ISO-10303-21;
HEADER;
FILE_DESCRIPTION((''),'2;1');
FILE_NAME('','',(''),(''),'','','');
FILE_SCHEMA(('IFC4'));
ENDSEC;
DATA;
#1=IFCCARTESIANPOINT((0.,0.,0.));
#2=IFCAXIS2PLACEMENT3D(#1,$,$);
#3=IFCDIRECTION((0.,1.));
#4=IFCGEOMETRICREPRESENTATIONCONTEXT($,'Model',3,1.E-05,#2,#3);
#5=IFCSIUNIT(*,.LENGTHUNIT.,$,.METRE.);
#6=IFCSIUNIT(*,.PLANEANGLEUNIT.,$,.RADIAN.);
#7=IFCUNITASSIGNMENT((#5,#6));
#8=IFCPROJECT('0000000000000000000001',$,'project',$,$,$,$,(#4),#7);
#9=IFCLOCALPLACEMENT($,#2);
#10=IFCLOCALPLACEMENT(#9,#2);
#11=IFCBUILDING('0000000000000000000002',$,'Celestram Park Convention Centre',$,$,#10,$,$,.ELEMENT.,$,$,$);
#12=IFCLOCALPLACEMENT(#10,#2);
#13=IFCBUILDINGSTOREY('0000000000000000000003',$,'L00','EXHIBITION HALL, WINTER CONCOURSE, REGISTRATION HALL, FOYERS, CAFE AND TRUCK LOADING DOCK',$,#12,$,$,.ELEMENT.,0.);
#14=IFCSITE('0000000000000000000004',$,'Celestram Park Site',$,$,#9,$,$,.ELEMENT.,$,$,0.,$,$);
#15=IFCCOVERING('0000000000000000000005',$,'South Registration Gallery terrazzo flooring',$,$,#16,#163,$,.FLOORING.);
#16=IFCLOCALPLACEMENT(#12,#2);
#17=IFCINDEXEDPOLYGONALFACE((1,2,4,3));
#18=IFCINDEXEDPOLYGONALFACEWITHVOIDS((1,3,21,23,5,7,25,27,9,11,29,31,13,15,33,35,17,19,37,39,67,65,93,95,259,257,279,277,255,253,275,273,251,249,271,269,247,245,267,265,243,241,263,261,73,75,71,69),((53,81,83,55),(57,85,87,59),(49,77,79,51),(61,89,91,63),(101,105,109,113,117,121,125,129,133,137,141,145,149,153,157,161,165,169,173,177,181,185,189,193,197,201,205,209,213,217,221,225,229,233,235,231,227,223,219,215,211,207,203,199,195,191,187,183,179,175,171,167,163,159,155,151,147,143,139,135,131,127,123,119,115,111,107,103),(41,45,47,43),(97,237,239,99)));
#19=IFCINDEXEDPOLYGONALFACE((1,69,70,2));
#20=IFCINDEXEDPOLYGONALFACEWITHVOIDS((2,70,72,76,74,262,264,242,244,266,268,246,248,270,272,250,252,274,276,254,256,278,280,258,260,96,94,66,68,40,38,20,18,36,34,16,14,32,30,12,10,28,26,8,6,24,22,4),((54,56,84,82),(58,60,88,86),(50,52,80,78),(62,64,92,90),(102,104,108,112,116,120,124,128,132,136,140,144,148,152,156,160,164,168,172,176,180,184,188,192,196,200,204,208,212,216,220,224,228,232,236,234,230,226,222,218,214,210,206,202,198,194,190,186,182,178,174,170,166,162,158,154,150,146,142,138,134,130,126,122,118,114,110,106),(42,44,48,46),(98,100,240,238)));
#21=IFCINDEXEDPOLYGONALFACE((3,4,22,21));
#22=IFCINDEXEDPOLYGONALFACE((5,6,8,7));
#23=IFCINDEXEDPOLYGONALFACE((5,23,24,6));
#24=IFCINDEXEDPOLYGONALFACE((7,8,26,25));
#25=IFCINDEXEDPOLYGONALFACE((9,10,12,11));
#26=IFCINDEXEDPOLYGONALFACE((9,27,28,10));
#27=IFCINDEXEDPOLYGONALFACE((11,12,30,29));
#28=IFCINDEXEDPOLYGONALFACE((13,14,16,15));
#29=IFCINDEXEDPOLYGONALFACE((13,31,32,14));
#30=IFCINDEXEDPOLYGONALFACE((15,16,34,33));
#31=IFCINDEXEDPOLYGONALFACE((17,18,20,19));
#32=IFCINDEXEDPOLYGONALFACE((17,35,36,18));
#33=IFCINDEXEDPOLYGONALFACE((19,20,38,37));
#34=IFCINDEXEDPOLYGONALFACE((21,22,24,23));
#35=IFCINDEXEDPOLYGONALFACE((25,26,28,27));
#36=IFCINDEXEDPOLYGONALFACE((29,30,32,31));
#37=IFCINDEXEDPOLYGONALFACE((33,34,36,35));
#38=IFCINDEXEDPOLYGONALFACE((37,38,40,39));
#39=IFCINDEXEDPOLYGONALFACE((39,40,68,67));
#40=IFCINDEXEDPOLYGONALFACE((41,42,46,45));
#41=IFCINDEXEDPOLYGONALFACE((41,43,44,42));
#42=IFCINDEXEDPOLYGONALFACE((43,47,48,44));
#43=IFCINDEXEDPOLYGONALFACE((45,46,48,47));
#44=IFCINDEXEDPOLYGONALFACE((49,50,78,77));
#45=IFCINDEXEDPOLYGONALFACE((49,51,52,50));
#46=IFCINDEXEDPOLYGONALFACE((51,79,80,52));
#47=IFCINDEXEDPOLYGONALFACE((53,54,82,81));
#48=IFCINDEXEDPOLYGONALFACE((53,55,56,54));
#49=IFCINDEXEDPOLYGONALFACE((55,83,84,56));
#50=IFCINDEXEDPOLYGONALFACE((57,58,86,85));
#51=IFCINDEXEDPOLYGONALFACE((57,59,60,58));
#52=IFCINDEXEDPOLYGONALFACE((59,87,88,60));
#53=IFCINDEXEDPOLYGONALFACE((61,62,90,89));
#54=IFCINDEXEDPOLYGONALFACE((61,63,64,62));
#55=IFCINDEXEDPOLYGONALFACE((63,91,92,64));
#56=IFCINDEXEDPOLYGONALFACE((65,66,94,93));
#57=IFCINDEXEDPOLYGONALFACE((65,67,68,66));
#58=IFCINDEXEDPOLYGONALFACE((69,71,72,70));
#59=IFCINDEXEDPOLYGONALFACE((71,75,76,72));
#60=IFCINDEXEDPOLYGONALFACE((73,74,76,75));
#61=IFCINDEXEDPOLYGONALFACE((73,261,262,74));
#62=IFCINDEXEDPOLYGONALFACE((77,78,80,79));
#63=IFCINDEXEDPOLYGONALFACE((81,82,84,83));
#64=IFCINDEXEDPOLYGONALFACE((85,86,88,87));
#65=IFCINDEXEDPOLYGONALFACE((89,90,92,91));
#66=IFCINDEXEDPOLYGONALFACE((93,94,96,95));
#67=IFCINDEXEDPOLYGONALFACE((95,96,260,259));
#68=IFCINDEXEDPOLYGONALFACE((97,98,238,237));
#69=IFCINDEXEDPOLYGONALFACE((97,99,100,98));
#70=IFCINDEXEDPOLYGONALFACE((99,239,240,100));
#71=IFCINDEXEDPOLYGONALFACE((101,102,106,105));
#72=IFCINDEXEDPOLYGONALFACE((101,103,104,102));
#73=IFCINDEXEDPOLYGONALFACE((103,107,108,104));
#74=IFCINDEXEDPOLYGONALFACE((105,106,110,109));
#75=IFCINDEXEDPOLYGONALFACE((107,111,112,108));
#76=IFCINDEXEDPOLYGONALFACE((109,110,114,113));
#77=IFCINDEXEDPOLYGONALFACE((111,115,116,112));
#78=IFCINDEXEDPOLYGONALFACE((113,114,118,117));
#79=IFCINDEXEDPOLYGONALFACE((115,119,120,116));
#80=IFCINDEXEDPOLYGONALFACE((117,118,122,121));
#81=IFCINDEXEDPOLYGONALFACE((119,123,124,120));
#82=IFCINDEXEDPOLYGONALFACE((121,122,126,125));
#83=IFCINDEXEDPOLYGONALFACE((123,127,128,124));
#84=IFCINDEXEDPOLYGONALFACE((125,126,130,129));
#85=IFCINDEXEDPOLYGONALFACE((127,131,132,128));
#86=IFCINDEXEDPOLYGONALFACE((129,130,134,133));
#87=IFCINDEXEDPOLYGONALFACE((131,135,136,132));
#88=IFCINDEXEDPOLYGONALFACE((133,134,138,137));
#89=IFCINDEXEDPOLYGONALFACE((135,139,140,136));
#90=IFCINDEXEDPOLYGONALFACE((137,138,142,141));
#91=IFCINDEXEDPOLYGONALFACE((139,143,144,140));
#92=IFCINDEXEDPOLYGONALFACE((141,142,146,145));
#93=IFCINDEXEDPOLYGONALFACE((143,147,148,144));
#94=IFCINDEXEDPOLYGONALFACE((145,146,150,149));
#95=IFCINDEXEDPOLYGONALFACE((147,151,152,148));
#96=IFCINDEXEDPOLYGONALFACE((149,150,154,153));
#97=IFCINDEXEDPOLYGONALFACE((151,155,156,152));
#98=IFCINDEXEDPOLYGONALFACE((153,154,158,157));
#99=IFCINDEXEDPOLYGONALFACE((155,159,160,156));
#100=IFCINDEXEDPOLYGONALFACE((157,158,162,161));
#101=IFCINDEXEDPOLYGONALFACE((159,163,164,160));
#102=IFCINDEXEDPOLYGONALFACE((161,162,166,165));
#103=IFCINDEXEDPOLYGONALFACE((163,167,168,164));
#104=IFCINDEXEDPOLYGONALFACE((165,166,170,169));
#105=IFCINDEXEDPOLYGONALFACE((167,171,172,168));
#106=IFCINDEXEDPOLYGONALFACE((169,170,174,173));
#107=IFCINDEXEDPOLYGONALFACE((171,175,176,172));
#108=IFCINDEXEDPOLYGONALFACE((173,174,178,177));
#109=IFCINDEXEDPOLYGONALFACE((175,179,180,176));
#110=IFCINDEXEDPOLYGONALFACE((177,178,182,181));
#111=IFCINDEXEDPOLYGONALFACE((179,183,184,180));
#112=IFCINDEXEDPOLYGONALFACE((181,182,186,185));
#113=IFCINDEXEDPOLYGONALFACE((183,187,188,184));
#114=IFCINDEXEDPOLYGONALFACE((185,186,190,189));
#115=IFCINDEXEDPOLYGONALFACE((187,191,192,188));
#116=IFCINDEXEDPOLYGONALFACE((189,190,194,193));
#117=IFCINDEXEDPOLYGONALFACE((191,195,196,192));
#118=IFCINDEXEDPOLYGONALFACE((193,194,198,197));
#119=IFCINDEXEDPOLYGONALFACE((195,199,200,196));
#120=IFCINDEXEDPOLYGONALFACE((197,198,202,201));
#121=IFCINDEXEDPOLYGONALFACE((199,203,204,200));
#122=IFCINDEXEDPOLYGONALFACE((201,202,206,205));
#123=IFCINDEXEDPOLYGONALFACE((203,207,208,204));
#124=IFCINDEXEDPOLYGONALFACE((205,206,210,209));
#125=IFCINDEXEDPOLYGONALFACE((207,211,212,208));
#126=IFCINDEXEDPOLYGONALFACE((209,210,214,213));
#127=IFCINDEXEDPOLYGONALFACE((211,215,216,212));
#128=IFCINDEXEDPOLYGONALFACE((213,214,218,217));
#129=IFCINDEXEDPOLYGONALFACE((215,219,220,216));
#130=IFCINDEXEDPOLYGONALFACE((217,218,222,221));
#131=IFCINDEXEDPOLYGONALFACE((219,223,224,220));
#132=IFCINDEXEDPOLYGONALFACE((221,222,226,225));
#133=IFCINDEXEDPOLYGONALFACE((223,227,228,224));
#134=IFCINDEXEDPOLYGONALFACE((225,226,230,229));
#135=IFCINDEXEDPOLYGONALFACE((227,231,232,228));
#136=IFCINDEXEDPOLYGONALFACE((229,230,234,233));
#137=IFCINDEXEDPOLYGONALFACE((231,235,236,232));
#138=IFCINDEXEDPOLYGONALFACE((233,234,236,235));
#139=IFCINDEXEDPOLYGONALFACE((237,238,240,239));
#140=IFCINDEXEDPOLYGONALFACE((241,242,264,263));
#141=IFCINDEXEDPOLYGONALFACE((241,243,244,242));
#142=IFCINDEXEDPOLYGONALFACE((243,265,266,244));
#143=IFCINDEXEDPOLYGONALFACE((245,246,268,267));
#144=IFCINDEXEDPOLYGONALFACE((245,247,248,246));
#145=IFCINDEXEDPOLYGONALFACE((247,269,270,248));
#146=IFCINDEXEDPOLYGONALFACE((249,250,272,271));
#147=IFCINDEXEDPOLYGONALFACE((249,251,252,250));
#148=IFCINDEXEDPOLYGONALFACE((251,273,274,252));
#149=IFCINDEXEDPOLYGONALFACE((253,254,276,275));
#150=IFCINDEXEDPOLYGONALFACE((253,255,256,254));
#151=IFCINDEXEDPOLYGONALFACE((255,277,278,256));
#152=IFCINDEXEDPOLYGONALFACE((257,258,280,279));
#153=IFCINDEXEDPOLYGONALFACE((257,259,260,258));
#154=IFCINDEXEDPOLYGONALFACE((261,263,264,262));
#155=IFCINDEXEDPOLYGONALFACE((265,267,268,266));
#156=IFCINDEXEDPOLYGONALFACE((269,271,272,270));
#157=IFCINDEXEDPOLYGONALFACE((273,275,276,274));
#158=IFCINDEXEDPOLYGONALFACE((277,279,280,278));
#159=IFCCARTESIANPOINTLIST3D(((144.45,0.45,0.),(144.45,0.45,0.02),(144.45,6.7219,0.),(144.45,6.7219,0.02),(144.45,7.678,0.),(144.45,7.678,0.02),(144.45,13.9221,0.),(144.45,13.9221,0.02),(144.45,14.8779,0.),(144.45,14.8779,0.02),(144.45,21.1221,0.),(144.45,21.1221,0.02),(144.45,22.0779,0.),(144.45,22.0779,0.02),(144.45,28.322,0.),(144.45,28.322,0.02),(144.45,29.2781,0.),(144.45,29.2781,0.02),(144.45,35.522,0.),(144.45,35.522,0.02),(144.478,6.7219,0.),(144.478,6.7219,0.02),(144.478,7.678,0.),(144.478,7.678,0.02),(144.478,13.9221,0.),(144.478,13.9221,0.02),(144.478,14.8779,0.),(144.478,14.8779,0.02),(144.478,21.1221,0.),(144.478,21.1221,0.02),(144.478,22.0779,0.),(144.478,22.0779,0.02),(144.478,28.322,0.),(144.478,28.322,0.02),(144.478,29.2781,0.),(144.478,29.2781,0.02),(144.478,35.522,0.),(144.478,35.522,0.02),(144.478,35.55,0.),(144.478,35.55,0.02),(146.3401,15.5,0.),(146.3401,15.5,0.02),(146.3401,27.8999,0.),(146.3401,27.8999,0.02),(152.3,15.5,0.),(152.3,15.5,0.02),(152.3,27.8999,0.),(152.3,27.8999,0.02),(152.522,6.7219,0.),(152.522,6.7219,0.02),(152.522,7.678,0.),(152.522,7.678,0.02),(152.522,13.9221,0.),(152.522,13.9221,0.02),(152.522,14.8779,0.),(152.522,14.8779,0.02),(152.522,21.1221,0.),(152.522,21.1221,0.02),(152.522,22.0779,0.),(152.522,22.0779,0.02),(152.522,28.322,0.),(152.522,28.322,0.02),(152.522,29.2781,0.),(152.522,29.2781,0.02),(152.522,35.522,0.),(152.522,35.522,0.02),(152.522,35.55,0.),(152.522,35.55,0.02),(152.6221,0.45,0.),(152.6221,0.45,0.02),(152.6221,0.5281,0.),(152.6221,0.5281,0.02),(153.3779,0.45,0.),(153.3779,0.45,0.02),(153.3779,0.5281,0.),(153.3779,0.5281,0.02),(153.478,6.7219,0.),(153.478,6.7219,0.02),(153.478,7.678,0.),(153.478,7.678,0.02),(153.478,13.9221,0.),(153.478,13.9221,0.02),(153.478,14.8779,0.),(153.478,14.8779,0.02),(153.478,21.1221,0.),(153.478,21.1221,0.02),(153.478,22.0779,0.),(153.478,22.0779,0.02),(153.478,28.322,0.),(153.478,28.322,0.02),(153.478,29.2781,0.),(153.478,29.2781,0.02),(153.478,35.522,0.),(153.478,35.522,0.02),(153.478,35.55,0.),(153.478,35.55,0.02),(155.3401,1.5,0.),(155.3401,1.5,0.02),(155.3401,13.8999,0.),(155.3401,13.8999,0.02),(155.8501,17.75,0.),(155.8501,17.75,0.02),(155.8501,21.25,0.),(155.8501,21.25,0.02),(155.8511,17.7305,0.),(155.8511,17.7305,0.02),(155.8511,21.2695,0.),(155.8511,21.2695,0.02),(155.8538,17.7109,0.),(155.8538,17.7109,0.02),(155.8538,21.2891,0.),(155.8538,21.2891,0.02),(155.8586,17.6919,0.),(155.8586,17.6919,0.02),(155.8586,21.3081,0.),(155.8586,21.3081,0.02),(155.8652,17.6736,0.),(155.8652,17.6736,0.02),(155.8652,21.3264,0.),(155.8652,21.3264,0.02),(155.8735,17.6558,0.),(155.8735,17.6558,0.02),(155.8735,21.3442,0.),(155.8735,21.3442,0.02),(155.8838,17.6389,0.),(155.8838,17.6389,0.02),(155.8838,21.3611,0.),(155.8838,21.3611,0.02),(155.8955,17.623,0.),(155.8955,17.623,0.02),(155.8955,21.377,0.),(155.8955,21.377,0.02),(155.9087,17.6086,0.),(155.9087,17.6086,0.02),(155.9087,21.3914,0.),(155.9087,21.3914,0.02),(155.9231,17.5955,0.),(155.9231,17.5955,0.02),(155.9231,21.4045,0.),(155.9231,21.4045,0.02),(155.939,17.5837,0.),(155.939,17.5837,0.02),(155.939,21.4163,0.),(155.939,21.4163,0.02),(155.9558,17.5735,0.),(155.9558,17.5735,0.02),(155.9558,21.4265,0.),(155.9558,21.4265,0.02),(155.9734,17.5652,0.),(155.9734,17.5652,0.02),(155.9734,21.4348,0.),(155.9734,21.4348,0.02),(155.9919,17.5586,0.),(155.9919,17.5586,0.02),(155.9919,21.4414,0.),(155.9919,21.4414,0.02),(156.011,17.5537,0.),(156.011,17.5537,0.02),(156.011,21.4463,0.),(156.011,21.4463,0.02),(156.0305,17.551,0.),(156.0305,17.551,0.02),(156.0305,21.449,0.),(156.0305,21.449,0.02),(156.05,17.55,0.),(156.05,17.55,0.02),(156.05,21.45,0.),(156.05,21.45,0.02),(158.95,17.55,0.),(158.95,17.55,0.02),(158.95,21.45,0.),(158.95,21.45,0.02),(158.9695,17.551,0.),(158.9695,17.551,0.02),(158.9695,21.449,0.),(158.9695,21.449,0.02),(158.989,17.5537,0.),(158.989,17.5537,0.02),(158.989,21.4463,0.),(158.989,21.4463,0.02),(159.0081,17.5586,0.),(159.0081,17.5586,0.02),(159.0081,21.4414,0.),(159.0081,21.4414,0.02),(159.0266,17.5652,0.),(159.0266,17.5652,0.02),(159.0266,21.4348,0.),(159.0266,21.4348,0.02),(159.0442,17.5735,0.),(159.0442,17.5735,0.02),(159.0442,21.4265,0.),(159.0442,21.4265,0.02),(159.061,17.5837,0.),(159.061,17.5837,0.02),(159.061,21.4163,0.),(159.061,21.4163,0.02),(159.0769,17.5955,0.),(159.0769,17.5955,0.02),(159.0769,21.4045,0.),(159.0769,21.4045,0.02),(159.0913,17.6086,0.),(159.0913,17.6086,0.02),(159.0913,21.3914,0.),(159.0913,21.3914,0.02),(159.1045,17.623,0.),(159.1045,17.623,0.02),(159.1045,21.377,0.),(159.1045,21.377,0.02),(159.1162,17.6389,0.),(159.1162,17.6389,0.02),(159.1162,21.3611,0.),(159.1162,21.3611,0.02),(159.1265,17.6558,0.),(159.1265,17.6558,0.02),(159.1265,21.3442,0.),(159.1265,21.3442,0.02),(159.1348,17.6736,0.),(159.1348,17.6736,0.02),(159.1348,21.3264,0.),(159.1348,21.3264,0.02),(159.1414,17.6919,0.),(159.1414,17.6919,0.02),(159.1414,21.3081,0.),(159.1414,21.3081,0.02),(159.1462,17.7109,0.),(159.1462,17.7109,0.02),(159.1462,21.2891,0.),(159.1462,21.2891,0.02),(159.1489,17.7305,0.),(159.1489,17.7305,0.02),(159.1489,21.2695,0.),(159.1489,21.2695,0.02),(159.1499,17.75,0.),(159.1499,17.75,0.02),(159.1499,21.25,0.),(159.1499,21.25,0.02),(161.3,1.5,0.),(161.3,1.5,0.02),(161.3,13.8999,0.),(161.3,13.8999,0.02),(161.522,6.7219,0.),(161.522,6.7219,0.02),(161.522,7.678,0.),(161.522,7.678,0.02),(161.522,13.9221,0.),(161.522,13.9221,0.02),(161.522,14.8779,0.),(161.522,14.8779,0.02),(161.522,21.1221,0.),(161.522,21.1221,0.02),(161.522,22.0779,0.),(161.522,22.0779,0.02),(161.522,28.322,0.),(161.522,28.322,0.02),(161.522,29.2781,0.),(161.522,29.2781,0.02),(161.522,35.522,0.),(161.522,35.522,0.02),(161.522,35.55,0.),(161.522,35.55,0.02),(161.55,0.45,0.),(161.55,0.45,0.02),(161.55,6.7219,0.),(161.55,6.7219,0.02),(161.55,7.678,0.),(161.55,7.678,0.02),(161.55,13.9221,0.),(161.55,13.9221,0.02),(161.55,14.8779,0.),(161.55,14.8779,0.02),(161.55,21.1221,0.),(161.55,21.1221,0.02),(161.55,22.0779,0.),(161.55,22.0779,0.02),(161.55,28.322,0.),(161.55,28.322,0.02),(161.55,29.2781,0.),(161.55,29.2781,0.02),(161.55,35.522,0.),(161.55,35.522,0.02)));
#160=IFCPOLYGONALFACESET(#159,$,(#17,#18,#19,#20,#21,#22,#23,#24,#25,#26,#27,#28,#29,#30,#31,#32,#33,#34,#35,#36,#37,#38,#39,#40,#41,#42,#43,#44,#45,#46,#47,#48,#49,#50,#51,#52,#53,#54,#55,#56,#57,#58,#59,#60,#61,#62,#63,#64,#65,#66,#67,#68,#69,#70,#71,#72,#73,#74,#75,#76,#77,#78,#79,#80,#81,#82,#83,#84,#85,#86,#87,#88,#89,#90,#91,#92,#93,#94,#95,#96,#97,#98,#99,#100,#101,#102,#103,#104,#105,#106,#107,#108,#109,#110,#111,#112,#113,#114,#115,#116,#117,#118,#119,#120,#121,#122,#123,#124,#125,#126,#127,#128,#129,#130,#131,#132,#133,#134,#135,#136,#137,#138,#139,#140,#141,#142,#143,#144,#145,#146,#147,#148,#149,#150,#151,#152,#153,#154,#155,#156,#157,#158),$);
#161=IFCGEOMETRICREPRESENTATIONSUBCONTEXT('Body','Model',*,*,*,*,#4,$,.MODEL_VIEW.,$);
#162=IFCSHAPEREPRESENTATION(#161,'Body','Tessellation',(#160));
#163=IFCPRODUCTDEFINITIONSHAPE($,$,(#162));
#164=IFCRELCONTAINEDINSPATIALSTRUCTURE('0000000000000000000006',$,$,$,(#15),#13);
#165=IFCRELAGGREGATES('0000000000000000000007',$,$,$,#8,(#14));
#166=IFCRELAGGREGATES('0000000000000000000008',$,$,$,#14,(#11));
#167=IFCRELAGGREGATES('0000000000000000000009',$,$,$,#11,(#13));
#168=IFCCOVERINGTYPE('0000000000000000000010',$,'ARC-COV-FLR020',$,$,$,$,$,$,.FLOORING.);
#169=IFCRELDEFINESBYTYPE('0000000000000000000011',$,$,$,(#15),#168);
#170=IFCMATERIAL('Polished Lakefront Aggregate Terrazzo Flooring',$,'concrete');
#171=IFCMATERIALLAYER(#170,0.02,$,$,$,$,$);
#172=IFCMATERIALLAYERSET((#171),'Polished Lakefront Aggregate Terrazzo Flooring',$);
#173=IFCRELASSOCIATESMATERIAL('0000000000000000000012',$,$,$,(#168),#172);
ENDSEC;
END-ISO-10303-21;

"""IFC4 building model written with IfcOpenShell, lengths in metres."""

from ifc_helpers import new_model, si_unit, direction, origin, place, context, subcontext, project, spatial, polyline, outline, extrude, material, layer, layer_set, type_object, element, save


model = new_model("IFC4")

# Units and contexts
model_context = context("Model", 3, precision=1e-05, world=origin(), true_north=direction((0.0, 1.0)))
body_context = subcontext(model_context, "Body", "Model", "MODEL_VIEW")
ifc_project = project(units=[si_unit("LENGTHUNIT", "METRE"), si_unit("PLANEANGLEUNIT", "RADIAN")], contexts=[model_context])

# Site, building, storey
site_placement = place(None, origin())
site = spatial("IfcSite", under=ifc_project, at=site_placement, Name="Celestram Park Site", CompositionType="ELEMENT", RefElevation=0.0)
building_placement = place(site_placement, origin())
building = spatial("IfcBuilding", under=site, at=building_placement, Name="Celestram Park Convention Centre", CompositionType="ELEMENT")
storey_placement = place(building_placement, origin())
storey = spatial("IfcBuildingStorey", under=building, at=storey_placement, Name="L00", Description="EXHIBITION HALL, WINTER CONCOURSE, REGISTRATION HALL, FOYERS, CAFE AND TRUCK LOADING DOCK", CompositionType="ELEMENT", Elevation=0.0)

# Covering
ifc_material_1 = material(Name="Polished Lakefront Aggregate Terrazzo Flooring", Category="concrete")
ifc_layer_1 = layer(ifc_material_1, 0.02)
ifc_layer_set_1 = layer_set([ifc_layer_1], Name="Polished Lakefront Aggregate Terrazzo Flooring")
covering_type = type_object("IfcCoveringType", Name="ARC-COV-FLR020", PredefinedType="FLOORING", material=ifc_layer_set_1)
covering_1_placement = place(storey_placement, origin())
element("IfcCovering", 1, at=covering_1_placement, inside=storey, type_object=covering_type, Name="South Registration Gallery terrazzo flooring", PredefinedType="FLOORING", context=body_context, shape_type="SweptSolid", body=[
    extrude(outline(polyline([(152.522, 35.55), (152.522, 35.522), (153.478, 35.522), (153.478, 35.55), (161.522, 35.55), (161.522, 35.522), (161.55, 35.522), (161.55, 29.2781), (161.522, 29.2781), (161.522, 28.322), (161.55, 28.322), (161.55, 22.0779), (161.522, 22.0779), (161.522, 21.1221), (161.55, 21.1221), (161.55, 14.8779), (161.522, 14.8779), (161.522, 13.9221), (161.55, 13.9221), (161.55, 7.678), (161.522, 7.678), (161.522, 6.7219), (161.55, 6.7219), (161.55, 0.45), (153.3779, 0.45), (153.3779, 0.5281), (152.6221, 0.5281), (152.6221, 0.45), (144.45, 0.45), (144.45, 6.7219), (144.478, 6.7219), (144.478, 7.678), (144.45, 7.678), (144.45, 13.9221), (144.478, 13.9221), (144.478, 14.8779), (144.45, 14.8779), (144.45, 21.1221), (144.478, 21.1221), (144.478, 22.0779), (144.45, 22.0779), (144.45, 28.322), (144.478, 28.322), (144.478, 29.2781), (144.45, 29.2781), (144.45, 35.522), (144.478, 35.522), (144.478, 35.55), (152.522, 35.55)]), holes=[polyline([(155.8586, 17.6919), (155.8652, 17.6736), (155.8735, 17.6558), (155.8838, 17.6389), (155.8955, 17.623), (155.9087, 17.6086), (155.9231, 17.5955), (155.939, 17.5837), (155.9558, 17.5735), (155.9734, 17.5652), (155.9919, 17.5586), (156.011, 17.5537), (156.0305, 17.551), (156.05, 17.55), (158.95, 17.55), (158.9695, 17.551), (158.989, 17.5537), (159.0081, 17.5586), (159.0266, 17.5652), (159.0442, 17.5735), (159.061, 17.5837), (159.0769, 17.5955), (159.0913, 17.6086), (159.1045, 17.623), (159.1162, 17.6389), (159.1265, 17.6558), (159.1348, 17.6736), (159.1414, 17.6919), (159.1462, 17.7109), (159.1489, 17.7305), (159.1499, 17.75), (159.1499, 17.75), (159.1499, 21.25), (159.1499, 21.25), (159.1489, 21.2695), (159.1462, 21.2891), (159.1414, 21.3081), (159.1348, 21.3264), (159.1265, 21.3442), (159.1162, 21.3611), (159.1045, 21.377), (159.0913, 21.3914), (159.0769, 21.4045), (159.061, 21.4163), (159.0442, 21.4265), (159.0266, 21.4348), (159.0081, 21.4414), (158.989, 21.4463), (158.9695, 21.449), (158.95, 21.45), (156.05, 21.45), (156.0305, 21.449), (156.011, 21.4463), (155.9919, 21.4414), (155.9734, 21.4348), (155.9558, 21.4265), (155.939, 21.4163), (155.9231, 21.4045), (155.9087, 21.3914), (155.8955, 21.377), (155.8838, 21.3611), (155.8735, 21.3442), (155.8652, 21.3264), (155.8586, 21.3081), (155.8538, 21.2891), (155.8511, 21.2695), (155.8501, 21.25), (155.8501, 21.25), (155.8501, 17.75), (155.8501, 17.75), (155.8511, 17.7305), (155.8538, 17.7109), (155.8586, 17.6919)]), polyline([(161.3, 13.8999), (155.3401, 13.8999), (155.3401, 1.5), (161.3, 1.5), (161.3, 13.8999)]), polyline([(152.3, 27.8999), (146.3401, 27.8999), (146.3401, 15.5), (152.3, 15.5), (152.3, 27.8999)]), polyline([(153.478, 7.678), (152.522, 7.678), (152.522, 6.7219), (153.478, 6.7219), (153.478, 7.678)]), polyline([(153.478, 14.8779), (152.522, 14.8779), (152.522, 13.9221), (153.478, 13.9221), (153.478, 14.8779)]), polyline([(153.478, 22.0779), (152.522, 22.0779), (152.522, 21.1221), (153.478, 21.1221), (153.478, 22.0779)]), polyline([(153.478, 29.2781), (152.522, 29.2781), (152.522, 28.322), (153.478, 28.322), (153.478, 29.2781)])]), origin(), (0.0, 0.0, 1.0), 0.02),
])

save(model, "model.ifc")
